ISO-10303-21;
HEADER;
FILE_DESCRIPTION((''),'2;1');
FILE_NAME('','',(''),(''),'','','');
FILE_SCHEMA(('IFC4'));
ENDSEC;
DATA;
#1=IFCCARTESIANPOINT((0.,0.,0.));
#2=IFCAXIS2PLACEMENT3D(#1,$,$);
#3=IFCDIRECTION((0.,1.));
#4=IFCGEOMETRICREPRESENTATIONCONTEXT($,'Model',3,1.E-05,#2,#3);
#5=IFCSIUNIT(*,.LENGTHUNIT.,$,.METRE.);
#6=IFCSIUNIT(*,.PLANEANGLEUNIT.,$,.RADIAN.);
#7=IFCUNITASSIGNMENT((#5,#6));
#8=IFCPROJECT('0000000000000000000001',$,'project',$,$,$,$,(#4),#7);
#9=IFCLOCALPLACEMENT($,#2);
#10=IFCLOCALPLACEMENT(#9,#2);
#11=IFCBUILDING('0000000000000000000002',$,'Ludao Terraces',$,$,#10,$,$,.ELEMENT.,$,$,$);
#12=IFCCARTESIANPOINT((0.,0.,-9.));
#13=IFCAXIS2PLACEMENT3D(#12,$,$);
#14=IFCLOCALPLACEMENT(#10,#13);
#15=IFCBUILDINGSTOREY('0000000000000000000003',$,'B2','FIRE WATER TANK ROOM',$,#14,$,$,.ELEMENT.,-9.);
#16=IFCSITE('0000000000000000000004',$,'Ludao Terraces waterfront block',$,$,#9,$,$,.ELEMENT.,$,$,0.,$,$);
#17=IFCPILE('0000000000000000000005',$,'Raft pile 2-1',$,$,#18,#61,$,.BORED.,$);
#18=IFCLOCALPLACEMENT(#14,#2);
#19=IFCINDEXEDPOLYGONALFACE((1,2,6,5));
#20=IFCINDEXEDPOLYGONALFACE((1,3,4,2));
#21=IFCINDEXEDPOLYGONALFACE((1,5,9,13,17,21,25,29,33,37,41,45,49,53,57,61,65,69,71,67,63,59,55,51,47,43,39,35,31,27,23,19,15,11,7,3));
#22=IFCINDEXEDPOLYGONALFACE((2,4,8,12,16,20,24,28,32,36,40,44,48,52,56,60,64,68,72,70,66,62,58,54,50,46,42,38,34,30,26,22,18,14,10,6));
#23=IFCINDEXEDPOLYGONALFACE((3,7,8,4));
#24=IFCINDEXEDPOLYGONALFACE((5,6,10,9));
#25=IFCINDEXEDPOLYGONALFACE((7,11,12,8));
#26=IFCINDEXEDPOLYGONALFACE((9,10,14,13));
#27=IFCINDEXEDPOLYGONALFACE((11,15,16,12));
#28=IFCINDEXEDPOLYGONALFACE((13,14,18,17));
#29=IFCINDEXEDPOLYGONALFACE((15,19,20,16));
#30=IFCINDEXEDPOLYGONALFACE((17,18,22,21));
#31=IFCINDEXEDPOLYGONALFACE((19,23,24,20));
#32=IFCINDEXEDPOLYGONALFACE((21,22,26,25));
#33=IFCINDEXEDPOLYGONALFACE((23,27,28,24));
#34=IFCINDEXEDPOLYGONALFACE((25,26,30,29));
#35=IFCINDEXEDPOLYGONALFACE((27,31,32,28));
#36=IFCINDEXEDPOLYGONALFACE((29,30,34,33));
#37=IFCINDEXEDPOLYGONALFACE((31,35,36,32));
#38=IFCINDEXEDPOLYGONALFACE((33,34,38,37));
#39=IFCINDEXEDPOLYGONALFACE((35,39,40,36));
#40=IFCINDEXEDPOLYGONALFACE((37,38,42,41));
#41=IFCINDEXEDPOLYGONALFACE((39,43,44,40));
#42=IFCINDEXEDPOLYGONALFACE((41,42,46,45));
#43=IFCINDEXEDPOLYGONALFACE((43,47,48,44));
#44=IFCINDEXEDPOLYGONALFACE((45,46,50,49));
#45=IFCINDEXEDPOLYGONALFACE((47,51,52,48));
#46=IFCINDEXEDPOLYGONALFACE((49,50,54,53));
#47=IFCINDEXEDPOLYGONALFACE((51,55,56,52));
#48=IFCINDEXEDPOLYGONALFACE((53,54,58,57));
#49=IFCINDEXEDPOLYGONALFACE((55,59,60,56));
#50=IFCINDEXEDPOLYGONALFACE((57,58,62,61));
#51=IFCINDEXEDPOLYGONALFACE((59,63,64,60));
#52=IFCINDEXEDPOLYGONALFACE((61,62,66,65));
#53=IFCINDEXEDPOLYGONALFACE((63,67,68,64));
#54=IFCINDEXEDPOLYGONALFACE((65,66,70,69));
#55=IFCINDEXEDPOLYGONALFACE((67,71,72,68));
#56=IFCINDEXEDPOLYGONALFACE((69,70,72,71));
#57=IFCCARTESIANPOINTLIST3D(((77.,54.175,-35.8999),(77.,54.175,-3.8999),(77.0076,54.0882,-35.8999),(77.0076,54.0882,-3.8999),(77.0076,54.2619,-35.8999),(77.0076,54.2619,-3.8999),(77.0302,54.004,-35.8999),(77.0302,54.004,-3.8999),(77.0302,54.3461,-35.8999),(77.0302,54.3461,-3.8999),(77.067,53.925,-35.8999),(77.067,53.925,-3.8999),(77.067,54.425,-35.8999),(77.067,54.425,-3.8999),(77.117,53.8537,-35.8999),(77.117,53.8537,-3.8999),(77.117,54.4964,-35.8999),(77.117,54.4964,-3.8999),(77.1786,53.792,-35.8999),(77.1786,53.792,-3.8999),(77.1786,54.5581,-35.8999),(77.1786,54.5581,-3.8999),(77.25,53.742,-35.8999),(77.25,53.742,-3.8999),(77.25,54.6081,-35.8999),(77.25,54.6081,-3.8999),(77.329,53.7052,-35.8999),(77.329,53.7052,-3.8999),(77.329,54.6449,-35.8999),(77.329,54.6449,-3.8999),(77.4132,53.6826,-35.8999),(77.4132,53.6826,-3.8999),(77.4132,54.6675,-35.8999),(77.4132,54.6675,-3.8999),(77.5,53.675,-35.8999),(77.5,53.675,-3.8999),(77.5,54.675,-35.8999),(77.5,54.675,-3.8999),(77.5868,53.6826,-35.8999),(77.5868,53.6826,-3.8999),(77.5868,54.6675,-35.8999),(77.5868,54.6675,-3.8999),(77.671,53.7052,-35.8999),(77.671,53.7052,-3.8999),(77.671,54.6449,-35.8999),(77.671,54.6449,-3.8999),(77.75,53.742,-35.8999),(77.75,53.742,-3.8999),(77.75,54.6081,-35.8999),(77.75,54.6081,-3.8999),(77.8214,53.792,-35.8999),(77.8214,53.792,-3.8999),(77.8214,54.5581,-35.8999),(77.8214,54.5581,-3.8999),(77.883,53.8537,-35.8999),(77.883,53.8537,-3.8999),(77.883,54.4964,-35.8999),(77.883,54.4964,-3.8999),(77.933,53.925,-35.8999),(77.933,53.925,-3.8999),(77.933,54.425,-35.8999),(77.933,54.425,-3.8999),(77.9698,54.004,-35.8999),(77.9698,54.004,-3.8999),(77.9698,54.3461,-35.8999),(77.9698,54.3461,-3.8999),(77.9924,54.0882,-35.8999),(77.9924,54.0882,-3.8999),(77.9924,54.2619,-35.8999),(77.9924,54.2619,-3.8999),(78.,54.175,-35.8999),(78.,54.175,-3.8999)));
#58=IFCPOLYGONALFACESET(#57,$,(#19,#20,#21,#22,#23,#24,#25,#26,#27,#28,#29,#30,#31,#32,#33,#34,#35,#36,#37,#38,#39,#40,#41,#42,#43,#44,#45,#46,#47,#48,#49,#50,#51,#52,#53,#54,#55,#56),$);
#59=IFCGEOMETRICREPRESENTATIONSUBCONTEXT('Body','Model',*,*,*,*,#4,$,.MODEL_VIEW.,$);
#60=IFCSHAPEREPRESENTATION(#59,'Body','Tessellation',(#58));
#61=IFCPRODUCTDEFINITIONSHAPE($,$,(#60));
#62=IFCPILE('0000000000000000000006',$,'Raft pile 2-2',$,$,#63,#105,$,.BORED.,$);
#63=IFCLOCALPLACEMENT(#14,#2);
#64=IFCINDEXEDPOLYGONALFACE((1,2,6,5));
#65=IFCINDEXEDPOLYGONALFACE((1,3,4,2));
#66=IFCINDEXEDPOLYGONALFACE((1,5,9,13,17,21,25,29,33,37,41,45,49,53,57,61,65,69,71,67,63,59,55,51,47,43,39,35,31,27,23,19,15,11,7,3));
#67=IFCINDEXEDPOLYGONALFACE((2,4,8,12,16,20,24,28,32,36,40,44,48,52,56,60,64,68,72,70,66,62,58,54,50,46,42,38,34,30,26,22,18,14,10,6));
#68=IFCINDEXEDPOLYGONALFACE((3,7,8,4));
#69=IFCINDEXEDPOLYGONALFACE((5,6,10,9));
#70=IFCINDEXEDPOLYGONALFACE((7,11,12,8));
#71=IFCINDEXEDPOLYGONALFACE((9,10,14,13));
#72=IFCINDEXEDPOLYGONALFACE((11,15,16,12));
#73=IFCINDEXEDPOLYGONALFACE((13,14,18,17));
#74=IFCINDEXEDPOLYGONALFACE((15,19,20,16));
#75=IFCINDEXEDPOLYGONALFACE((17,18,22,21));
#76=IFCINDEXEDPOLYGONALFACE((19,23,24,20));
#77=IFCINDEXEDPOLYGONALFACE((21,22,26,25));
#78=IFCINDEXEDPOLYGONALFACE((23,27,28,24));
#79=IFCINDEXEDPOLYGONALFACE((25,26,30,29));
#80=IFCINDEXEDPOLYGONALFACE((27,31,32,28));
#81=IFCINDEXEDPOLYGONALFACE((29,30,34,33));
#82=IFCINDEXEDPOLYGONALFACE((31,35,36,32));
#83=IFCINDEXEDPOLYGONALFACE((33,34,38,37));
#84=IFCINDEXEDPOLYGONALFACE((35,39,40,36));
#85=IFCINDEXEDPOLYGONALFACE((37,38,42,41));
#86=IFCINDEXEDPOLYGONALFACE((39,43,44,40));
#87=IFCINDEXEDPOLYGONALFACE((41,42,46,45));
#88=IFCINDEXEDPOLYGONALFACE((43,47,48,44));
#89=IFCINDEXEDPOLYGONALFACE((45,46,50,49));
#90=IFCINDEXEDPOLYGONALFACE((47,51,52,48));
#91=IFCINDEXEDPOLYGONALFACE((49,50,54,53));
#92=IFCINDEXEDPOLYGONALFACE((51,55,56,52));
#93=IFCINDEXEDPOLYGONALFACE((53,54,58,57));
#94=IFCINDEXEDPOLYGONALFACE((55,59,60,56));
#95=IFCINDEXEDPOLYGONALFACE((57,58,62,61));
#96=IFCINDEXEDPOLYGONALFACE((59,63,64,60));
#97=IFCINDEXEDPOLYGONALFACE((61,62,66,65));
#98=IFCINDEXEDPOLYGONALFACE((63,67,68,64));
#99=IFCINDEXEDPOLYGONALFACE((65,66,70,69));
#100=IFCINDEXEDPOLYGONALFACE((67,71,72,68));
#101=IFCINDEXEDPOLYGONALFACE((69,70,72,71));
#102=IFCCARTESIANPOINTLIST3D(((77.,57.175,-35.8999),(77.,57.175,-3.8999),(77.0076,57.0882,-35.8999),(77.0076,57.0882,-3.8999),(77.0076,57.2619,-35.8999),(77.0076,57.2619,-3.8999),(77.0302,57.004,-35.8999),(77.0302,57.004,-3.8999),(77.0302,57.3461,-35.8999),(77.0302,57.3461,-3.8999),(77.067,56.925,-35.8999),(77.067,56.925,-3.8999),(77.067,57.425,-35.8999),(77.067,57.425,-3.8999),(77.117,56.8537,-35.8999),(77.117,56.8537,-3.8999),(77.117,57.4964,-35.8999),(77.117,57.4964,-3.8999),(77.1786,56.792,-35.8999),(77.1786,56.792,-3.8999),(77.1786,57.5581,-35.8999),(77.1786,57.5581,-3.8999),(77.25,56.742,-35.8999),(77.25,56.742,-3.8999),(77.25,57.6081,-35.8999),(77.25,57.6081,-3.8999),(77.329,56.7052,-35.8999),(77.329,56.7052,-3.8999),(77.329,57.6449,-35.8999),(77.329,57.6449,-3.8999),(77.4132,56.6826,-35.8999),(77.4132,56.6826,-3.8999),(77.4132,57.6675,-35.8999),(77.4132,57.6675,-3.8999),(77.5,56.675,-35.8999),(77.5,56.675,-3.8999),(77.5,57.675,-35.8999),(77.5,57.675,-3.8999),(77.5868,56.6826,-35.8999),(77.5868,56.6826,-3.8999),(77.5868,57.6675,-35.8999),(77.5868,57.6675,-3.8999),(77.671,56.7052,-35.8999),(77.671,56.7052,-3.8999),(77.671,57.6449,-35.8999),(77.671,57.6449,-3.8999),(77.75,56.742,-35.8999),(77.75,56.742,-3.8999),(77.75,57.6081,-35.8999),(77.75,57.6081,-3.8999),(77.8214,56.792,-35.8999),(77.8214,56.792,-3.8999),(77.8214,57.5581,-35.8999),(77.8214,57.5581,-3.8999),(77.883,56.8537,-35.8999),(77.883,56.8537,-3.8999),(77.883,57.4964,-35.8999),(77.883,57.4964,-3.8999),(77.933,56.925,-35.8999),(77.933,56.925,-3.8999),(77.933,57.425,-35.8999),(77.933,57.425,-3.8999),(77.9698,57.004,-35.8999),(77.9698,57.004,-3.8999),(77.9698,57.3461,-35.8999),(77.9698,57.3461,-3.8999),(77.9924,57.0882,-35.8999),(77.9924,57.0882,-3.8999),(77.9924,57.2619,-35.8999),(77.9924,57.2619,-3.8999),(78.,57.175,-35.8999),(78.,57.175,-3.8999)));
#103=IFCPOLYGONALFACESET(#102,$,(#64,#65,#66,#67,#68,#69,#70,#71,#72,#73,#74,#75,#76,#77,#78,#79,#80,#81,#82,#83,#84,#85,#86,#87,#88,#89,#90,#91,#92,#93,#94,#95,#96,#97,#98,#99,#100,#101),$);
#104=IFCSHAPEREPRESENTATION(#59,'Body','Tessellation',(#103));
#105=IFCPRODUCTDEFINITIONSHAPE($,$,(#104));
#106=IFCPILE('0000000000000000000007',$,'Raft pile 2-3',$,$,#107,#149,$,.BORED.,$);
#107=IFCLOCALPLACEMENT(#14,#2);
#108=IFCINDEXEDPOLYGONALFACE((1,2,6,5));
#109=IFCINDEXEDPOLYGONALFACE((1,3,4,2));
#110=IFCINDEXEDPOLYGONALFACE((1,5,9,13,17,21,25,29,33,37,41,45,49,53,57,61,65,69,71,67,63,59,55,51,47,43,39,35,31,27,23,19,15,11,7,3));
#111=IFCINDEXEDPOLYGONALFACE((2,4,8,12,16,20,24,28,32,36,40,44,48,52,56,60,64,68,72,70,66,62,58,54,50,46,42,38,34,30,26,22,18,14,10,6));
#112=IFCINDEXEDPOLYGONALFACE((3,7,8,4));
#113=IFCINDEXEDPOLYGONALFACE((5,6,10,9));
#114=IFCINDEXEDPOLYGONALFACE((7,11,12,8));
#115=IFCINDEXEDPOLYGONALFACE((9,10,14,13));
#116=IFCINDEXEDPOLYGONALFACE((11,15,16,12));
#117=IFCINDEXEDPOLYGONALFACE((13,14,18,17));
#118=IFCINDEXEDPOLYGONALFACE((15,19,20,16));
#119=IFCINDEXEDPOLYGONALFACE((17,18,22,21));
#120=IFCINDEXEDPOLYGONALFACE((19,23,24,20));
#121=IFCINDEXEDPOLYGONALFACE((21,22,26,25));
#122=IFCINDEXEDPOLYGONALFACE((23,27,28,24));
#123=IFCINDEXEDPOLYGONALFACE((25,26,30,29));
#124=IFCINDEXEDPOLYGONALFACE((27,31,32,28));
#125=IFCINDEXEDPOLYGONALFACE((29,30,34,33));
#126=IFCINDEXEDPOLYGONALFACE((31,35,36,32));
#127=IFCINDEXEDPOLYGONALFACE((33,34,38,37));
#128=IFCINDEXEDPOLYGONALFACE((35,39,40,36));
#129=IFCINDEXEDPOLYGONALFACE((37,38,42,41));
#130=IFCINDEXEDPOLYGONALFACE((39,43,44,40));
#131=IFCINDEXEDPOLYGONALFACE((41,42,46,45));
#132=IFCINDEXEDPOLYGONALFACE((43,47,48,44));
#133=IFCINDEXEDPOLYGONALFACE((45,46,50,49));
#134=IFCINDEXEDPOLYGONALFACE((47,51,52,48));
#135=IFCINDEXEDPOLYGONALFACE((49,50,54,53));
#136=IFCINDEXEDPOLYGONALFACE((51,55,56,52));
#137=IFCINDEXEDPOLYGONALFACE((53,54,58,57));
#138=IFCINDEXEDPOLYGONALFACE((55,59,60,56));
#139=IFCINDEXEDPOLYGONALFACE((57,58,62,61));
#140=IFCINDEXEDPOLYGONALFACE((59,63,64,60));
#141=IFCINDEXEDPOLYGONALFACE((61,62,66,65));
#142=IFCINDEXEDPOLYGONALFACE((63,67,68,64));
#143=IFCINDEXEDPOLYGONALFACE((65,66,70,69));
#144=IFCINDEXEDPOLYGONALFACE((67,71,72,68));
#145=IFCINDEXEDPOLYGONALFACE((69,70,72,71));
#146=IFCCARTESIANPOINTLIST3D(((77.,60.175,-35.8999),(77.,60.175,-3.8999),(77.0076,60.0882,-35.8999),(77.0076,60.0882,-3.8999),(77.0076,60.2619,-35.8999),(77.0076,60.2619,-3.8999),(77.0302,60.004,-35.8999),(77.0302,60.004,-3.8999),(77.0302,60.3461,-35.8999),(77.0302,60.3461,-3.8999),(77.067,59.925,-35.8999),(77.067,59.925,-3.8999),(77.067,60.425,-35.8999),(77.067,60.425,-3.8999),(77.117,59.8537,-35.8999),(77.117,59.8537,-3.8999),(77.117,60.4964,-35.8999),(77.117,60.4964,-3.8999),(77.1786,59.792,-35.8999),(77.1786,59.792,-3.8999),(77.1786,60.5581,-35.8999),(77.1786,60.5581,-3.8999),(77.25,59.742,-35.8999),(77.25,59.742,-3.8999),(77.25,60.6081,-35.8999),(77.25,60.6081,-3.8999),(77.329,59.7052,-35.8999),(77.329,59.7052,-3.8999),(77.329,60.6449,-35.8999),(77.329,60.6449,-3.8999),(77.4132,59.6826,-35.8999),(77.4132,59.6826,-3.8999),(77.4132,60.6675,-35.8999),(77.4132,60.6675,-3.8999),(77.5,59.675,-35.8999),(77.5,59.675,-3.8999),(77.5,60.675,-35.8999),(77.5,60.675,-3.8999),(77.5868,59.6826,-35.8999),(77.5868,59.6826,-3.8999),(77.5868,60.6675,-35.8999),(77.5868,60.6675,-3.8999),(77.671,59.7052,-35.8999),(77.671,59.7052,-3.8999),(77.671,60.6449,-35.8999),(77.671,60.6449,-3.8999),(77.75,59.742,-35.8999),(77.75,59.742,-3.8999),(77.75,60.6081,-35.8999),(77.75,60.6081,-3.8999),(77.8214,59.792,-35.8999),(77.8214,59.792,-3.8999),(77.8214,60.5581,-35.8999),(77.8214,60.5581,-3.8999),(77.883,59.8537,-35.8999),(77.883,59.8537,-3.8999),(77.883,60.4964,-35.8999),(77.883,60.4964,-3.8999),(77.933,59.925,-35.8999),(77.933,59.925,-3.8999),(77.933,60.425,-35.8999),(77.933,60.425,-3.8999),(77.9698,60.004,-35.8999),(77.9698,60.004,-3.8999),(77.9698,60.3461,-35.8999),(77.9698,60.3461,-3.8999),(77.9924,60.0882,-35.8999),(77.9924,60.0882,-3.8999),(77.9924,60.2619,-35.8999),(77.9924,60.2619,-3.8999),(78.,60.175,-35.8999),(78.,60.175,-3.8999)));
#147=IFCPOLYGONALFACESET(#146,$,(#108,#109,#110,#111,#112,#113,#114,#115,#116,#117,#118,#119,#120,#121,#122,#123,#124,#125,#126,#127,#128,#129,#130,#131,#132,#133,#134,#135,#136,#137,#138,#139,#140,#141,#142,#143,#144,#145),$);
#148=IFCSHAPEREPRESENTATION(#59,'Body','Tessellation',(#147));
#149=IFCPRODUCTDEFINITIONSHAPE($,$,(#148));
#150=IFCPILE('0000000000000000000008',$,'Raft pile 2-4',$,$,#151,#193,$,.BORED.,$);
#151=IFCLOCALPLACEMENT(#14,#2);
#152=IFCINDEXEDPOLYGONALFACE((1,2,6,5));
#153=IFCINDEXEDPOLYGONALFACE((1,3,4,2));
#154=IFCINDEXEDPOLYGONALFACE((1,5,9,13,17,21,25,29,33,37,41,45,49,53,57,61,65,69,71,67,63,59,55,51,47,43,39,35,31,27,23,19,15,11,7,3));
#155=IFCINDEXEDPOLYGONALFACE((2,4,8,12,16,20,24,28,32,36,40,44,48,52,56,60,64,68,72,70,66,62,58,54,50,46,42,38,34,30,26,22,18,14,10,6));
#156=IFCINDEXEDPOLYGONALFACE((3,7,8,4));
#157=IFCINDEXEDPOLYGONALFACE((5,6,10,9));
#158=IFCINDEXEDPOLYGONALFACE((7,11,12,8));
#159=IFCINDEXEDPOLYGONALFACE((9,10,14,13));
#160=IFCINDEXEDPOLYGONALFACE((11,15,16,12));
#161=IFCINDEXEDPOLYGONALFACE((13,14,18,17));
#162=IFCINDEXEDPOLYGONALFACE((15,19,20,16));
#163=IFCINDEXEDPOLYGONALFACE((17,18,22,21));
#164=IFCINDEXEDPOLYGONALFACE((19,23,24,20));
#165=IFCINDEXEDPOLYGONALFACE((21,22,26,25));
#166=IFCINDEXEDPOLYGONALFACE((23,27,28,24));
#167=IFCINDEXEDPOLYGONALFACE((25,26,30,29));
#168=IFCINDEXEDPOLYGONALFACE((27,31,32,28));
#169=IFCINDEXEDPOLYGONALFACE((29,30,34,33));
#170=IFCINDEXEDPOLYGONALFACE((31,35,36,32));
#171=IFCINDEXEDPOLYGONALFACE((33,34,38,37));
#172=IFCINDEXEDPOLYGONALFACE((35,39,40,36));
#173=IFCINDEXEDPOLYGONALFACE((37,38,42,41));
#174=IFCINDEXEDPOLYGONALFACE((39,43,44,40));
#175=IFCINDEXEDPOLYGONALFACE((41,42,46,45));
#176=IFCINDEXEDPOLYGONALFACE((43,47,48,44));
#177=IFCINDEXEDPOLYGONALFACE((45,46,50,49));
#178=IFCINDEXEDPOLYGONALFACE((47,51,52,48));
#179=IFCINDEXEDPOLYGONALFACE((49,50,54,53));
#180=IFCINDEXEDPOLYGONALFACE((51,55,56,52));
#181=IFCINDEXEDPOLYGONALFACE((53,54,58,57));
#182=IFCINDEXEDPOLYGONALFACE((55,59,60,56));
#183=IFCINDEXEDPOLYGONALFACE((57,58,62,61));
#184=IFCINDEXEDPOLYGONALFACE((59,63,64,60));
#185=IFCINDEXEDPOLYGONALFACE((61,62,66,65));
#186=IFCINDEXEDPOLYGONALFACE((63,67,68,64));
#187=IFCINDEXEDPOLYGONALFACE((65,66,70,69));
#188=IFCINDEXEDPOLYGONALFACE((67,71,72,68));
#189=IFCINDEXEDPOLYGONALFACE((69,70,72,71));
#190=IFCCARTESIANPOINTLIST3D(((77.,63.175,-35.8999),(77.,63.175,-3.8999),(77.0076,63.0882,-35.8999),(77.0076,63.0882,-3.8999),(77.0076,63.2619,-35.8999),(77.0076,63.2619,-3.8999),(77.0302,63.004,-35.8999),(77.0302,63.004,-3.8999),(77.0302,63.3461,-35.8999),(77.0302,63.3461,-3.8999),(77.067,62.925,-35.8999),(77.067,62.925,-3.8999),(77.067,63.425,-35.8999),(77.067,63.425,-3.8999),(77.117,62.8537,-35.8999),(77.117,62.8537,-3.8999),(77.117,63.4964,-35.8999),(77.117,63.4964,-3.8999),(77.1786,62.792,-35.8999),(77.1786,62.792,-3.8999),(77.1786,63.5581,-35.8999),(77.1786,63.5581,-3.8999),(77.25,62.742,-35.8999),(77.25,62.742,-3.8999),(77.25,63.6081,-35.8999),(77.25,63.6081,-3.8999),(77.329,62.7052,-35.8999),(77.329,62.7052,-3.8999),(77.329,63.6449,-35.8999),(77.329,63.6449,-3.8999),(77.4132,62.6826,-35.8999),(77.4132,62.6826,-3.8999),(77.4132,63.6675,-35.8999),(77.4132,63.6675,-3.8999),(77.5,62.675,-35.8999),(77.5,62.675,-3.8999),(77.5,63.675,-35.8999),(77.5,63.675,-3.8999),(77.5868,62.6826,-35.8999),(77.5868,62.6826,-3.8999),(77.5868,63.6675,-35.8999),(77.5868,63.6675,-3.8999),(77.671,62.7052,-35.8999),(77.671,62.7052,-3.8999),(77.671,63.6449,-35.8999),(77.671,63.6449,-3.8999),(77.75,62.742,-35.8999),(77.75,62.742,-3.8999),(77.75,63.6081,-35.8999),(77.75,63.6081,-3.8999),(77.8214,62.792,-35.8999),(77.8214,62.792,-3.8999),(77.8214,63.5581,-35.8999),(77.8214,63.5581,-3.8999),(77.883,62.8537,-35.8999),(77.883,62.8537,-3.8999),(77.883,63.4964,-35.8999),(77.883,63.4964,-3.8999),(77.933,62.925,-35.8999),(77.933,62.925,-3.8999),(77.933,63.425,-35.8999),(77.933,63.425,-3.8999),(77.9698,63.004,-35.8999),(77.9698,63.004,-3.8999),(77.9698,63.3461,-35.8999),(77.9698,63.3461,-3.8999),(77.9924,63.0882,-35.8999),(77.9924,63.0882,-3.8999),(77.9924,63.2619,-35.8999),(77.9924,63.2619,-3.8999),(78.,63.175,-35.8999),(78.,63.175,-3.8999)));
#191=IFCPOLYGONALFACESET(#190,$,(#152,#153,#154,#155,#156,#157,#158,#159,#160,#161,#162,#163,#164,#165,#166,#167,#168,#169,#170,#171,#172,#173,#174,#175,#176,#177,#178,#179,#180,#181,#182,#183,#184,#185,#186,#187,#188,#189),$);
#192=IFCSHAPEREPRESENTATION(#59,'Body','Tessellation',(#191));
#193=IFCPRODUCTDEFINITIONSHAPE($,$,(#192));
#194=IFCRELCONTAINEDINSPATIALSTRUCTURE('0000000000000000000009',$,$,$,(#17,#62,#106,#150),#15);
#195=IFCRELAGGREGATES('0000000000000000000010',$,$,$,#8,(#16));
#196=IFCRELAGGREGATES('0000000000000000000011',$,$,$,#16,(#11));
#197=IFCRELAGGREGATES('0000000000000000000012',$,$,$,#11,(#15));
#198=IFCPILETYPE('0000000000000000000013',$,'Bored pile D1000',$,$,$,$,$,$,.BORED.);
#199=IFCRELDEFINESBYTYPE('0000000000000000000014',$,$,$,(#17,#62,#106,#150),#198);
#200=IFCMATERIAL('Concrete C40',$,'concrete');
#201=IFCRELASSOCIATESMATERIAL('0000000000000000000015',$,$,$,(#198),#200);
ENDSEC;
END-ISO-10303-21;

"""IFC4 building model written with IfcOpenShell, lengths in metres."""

from ifc_helpers import new_model, si_unit, direction, frame, origin, origin_2d, place, context, subcontext, project, spatial, circle, extrude, material, material_profile, profile_set, type_object, element, save


model = new_model("IFC4")

# Units and contexts
model_context = context("Model", 3, precision=1e-05, world=origin(), true_north=direction((0.0, 1.0)))
body_context = subcontext(model_context, "Body", "Model", "MODEL_VIEW")
ifc_project = project(units=[si_unit("LENGTHUNIT", "METRE"), si_unit("PLANEANGLEUNIT", "RADIAN")], contexts=[model_context])

# Site, building, storey
site_placement = place(None, origin())
site = spatial("IfcSite", under=ifc_project, at=site_placement, Name="Ludao Terraces waterfront block", CompositionType="ELEMENT", RefElevation=0.0)
building_placement = place(site_placement, origin())
building = spatial("IfcBuilding", under=site, at=building_placement, Name="Ludao Terraces", CompositionType="ELEMENT")
storey_placement = place(building_placement, frame((0.0, 0.0, -9.0)))
storey = spatial("IfcBuildingStorey", under=building, at=storey_placement, Name="B2", Description="FIRE WATER TANK ROOM", CompositionType="ELEMENT", Elevation=-9.0)

# Piles
ifc_material_1 = material(Name="Concrete C40", Category="concrete")
ifc_material_profile = material_profile(ifc_material_1, circle(Radius=0.5, at=origin_2d()), Name="D1000 BORED PILE")
ifc_profile_set = profile_set([ifc_material_profile], Name="Concrete C40")
pile_type = type_object("IfcPileType", Name="Bored pile D1000", PredefinedType="BORED", material=ifc_profile_set)
for number, where, z_axis, x_axis, name in (
    (1, (77.5, 54.175, -3.8999), (0.0, 0.0, -1.0), (1.0, 0.0, 0.0), "Raft pile 2-1"),
    (2, (77.5, 57.175, -3.8999), (0.0, 0.0, -1.0), (1.0, 0.0, 0.0), "Raft pile 2-2"),
    (3, (77.5, 60.175, -3.8999), (0.0, 0.0, -1.0), (1.0, 0.0, 0.0), "Raft pile 2-3"),
    (4, (77.5, 63.175, -3.8999), (0.0, 0.0, -1.0), (1.0, 0.0, 0.0), "Raft pile 2-4"),
):
    element("IfcPile", number, at=place(storey_placement, frame(where, z_axis=z_axis, x_axis=x_axis)), inside=storey, type_object=pile_type, Name=name, PredefinedType="BORED", context=body_context, shape_type="SweptSolid", body=[
        extrude(circle(Radius=0.5, at=origin_2d()), origin(), (0.0, 0.0, 1.0), 32.0),
    ])

save(model, "model.ifc")
